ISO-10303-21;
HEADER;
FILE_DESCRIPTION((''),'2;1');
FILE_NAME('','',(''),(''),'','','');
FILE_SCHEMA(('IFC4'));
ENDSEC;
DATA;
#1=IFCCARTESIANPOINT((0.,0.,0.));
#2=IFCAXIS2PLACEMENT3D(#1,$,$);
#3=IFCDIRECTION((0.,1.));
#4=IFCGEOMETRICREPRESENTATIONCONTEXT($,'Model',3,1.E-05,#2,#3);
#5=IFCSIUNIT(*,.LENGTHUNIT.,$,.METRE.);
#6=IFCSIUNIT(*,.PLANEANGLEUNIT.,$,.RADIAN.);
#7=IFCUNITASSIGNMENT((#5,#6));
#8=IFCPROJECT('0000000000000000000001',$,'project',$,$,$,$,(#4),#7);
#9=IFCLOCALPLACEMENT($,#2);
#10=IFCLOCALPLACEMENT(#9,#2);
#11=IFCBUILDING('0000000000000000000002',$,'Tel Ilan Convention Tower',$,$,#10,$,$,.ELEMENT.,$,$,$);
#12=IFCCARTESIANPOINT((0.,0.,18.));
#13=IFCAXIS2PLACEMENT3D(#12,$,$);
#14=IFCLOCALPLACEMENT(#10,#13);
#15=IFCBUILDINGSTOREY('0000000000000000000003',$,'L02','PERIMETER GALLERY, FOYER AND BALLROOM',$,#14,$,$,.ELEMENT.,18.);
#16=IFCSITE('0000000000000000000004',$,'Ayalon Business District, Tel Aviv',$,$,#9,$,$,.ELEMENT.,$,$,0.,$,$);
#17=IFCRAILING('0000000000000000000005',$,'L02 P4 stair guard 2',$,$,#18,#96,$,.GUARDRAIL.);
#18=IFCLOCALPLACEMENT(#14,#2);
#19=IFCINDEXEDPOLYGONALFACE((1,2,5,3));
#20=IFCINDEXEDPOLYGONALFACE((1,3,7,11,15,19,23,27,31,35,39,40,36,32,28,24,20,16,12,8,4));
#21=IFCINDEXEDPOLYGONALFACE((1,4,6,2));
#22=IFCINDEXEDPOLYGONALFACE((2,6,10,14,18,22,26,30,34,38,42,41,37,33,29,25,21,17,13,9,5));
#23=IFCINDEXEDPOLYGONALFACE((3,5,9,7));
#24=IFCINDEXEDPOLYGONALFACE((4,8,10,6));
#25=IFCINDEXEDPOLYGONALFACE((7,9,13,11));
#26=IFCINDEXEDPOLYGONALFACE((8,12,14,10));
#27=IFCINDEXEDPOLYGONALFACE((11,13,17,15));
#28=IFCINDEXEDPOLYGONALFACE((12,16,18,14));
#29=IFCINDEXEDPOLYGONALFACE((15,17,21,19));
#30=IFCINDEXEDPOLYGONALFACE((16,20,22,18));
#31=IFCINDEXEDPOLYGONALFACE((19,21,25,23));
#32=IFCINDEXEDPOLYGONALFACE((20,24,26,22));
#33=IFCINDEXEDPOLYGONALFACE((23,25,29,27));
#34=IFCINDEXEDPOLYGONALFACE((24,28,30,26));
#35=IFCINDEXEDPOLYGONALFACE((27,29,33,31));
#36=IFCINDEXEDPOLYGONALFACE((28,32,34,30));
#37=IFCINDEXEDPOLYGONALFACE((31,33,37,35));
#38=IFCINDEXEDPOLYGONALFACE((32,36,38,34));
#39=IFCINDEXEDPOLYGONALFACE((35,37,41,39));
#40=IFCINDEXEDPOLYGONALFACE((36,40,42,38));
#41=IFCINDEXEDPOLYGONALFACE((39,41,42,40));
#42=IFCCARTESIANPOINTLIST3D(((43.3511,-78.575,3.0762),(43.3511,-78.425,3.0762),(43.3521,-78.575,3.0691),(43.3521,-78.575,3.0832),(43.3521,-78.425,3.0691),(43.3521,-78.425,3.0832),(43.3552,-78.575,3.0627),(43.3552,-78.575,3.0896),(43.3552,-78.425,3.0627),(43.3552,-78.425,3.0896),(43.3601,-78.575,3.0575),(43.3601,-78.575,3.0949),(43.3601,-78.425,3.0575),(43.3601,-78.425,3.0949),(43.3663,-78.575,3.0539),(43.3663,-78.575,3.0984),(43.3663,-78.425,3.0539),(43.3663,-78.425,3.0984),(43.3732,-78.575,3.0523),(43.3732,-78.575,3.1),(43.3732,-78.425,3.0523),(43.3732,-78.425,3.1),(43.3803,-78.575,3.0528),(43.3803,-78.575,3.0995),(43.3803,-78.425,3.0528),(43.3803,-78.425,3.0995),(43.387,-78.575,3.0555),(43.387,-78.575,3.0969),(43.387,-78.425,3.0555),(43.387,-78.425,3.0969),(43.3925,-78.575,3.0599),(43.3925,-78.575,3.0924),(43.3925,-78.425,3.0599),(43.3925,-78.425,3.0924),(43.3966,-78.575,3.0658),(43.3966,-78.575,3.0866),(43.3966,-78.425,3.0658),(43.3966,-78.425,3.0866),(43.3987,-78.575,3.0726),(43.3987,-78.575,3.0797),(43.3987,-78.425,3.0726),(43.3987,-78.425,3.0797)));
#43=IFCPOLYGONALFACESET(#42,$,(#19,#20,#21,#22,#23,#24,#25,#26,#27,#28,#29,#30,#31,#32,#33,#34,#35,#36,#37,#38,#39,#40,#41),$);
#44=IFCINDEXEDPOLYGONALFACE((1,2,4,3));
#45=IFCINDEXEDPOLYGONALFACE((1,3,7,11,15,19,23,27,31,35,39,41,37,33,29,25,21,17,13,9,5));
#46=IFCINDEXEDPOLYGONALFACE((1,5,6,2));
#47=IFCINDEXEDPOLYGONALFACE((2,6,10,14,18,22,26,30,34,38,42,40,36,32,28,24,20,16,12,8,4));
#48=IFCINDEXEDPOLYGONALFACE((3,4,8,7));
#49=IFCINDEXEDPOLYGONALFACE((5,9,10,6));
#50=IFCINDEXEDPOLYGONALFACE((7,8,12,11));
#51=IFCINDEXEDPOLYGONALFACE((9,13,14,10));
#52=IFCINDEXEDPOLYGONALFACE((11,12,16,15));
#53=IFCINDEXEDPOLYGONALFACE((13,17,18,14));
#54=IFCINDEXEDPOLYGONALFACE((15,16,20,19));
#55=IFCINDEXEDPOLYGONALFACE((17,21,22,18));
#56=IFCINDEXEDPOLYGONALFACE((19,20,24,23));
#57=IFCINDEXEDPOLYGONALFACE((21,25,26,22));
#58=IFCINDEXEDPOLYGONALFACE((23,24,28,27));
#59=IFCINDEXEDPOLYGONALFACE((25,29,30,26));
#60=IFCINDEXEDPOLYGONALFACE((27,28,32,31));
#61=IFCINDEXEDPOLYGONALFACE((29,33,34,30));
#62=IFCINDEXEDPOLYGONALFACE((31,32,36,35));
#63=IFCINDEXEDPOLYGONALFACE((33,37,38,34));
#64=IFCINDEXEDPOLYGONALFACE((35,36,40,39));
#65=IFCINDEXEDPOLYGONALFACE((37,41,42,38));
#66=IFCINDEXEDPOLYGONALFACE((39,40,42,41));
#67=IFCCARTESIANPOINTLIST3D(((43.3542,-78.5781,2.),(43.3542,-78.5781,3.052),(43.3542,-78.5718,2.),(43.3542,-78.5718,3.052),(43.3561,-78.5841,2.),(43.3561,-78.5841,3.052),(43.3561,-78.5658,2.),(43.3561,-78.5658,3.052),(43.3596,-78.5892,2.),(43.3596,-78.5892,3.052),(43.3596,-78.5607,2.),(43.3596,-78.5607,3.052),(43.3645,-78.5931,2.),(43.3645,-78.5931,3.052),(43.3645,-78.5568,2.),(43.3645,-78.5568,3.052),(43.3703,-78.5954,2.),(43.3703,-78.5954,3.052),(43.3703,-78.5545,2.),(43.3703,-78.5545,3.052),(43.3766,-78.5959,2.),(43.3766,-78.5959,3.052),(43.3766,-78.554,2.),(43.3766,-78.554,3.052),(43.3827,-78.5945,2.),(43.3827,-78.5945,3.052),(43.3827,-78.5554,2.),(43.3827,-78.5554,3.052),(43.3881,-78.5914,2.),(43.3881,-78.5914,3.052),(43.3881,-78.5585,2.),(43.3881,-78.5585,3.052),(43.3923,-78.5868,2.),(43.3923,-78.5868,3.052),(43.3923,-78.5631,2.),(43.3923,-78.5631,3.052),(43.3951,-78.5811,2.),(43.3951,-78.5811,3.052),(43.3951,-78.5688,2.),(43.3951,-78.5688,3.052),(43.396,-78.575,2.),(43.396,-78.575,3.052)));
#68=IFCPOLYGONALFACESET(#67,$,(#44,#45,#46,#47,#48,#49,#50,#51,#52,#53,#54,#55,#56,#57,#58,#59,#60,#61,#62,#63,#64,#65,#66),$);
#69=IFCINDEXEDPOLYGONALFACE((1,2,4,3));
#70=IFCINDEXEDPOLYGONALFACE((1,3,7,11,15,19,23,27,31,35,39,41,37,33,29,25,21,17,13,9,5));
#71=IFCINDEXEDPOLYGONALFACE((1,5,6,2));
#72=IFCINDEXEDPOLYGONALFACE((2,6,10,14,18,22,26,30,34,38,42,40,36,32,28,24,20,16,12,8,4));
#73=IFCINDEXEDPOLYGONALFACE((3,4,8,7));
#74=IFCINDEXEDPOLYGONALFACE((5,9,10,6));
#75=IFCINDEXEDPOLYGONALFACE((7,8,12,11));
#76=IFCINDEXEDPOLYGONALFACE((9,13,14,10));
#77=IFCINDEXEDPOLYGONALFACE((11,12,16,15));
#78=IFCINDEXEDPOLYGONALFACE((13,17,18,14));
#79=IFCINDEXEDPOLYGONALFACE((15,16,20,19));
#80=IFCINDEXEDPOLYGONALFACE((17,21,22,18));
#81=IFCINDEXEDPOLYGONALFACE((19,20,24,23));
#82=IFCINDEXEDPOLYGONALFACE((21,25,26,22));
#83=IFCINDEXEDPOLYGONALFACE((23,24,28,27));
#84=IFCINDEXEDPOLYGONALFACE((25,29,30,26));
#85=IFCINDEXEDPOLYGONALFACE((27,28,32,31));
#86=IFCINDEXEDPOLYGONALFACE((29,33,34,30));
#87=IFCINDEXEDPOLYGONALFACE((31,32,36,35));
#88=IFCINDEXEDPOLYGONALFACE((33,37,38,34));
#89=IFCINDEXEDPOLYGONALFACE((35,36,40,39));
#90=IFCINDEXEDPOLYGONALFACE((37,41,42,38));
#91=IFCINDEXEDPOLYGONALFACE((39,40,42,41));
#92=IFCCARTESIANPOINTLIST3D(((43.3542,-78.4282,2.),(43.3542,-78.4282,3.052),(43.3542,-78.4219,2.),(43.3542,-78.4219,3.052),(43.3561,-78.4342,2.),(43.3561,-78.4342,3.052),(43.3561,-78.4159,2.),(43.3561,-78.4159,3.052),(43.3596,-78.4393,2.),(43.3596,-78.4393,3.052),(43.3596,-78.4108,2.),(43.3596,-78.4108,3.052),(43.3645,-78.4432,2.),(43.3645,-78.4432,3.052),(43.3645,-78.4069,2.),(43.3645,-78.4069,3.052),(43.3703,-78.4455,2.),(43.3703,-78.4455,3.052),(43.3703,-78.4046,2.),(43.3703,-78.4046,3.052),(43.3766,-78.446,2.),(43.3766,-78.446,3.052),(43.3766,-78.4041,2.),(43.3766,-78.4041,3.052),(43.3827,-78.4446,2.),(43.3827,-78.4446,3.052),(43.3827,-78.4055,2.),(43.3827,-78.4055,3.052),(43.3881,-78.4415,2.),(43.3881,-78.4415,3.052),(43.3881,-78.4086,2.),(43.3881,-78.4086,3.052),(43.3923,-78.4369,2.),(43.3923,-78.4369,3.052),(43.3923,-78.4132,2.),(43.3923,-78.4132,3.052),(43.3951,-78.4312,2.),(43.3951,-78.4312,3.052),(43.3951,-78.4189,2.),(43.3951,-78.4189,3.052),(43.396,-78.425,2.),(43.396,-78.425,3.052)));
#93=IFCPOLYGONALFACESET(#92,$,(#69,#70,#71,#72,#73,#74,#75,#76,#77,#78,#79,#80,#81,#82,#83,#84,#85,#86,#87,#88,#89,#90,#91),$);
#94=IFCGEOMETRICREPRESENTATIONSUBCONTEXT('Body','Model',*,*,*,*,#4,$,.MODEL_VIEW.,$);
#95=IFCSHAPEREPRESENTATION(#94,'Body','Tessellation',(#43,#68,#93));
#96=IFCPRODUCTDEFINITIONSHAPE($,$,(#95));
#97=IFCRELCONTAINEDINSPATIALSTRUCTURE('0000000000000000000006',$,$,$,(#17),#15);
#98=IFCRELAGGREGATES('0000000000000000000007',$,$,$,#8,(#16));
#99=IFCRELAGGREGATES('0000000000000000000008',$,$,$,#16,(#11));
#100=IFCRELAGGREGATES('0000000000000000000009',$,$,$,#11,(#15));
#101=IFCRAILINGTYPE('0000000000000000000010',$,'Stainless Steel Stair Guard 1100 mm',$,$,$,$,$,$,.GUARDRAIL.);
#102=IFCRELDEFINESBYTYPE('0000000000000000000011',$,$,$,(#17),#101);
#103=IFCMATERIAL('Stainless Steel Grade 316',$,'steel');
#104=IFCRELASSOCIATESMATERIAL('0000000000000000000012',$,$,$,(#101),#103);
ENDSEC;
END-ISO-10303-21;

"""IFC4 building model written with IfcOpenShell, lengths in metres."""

from ifc_helpers import new_model, si_unit, direction, frame, origin, origin_2d, place, context, subcontext, project, spatial, circle, extrude, material, type_object, element, save


model = new_model("IFC4")

# Units and contexts
model_context = context("Model", 3, precision=1e-05, world=origin(), true_north=direction((0.0, 1.0)))
body_context = subcontext(model_context, "Body", "Model", "MODEL_VIEW")
ifc_project = project(units=[si_unit("LENGTHUNIT", "METRE"), si_unit("PLANEANGLEUNIT", "RADIAN")], contexts=[model_context])

# Site, building, storey
site_placement = place(None, origin())
site = spatial("IfcSite", under=ifc_project, at=site_placement, Name="Ayalon Business District, Tel Aviv", CompositionType="ELEMENT", RefElevation=0.0)
building_placement = place(site_placement, origin())
building = spatial("IfcBuilding", under=site, at=building_placement, Name="Tel Ilan Convention Tower", CompositionType="ELEMENT")
storey_placement = place(building_placement, frame((0.0, 0.0, 18.0)))
storey = spatial("IfcBuildingStorey", under=building, at=storey_placement, Name="L02", Description="PERIMETER GALLERY, FOYER AND BALLROOM", CompositionType="ELEMENT", Elevation=18.0)

# Railing
ifc_material_1 = material(Name="Stainless Steel Grade 316", Category="steel")
railing_type_1 = type_object("IfcRailingType", Name="Stainless Steel Stair Guard 1100 mm", PredefinedType="GUARDRAIL", material=ifc_material_1)
railing_1_placement = place(storey_placement, frame((43.375, -78.575, 2.0)))
element("IfcRailing", 1, at=railing_1_placement, inside=storey, type_object=railing_type_1, Name="L02 P4 stair guard 2", PredefinedType="GUARDRAIL", context=body_context, shape_type="SweptSolid", body=[
    extrude(circle(Radius=0.0239, at=origin_2d()), frame((0.0, 0.0, 1.0762), z_axis=(0.0, 1.0, 0.0), x_axis=(-1.0, 0.0, 0.0)), (0.0, 0.0, 1.0), 0.1499),
    extrude(circle(Radius=0.021, at=origin_2d()), origin(), (0.0, 0.0, 1.0), 1.052),
    extrude(circle(Radius=0.021, at=origin_2d()), frame((0.0, 0.1499, 0.0)), (0.0, 0.0, 1.0), 1.052),
])

save(model, "model.ifc")
